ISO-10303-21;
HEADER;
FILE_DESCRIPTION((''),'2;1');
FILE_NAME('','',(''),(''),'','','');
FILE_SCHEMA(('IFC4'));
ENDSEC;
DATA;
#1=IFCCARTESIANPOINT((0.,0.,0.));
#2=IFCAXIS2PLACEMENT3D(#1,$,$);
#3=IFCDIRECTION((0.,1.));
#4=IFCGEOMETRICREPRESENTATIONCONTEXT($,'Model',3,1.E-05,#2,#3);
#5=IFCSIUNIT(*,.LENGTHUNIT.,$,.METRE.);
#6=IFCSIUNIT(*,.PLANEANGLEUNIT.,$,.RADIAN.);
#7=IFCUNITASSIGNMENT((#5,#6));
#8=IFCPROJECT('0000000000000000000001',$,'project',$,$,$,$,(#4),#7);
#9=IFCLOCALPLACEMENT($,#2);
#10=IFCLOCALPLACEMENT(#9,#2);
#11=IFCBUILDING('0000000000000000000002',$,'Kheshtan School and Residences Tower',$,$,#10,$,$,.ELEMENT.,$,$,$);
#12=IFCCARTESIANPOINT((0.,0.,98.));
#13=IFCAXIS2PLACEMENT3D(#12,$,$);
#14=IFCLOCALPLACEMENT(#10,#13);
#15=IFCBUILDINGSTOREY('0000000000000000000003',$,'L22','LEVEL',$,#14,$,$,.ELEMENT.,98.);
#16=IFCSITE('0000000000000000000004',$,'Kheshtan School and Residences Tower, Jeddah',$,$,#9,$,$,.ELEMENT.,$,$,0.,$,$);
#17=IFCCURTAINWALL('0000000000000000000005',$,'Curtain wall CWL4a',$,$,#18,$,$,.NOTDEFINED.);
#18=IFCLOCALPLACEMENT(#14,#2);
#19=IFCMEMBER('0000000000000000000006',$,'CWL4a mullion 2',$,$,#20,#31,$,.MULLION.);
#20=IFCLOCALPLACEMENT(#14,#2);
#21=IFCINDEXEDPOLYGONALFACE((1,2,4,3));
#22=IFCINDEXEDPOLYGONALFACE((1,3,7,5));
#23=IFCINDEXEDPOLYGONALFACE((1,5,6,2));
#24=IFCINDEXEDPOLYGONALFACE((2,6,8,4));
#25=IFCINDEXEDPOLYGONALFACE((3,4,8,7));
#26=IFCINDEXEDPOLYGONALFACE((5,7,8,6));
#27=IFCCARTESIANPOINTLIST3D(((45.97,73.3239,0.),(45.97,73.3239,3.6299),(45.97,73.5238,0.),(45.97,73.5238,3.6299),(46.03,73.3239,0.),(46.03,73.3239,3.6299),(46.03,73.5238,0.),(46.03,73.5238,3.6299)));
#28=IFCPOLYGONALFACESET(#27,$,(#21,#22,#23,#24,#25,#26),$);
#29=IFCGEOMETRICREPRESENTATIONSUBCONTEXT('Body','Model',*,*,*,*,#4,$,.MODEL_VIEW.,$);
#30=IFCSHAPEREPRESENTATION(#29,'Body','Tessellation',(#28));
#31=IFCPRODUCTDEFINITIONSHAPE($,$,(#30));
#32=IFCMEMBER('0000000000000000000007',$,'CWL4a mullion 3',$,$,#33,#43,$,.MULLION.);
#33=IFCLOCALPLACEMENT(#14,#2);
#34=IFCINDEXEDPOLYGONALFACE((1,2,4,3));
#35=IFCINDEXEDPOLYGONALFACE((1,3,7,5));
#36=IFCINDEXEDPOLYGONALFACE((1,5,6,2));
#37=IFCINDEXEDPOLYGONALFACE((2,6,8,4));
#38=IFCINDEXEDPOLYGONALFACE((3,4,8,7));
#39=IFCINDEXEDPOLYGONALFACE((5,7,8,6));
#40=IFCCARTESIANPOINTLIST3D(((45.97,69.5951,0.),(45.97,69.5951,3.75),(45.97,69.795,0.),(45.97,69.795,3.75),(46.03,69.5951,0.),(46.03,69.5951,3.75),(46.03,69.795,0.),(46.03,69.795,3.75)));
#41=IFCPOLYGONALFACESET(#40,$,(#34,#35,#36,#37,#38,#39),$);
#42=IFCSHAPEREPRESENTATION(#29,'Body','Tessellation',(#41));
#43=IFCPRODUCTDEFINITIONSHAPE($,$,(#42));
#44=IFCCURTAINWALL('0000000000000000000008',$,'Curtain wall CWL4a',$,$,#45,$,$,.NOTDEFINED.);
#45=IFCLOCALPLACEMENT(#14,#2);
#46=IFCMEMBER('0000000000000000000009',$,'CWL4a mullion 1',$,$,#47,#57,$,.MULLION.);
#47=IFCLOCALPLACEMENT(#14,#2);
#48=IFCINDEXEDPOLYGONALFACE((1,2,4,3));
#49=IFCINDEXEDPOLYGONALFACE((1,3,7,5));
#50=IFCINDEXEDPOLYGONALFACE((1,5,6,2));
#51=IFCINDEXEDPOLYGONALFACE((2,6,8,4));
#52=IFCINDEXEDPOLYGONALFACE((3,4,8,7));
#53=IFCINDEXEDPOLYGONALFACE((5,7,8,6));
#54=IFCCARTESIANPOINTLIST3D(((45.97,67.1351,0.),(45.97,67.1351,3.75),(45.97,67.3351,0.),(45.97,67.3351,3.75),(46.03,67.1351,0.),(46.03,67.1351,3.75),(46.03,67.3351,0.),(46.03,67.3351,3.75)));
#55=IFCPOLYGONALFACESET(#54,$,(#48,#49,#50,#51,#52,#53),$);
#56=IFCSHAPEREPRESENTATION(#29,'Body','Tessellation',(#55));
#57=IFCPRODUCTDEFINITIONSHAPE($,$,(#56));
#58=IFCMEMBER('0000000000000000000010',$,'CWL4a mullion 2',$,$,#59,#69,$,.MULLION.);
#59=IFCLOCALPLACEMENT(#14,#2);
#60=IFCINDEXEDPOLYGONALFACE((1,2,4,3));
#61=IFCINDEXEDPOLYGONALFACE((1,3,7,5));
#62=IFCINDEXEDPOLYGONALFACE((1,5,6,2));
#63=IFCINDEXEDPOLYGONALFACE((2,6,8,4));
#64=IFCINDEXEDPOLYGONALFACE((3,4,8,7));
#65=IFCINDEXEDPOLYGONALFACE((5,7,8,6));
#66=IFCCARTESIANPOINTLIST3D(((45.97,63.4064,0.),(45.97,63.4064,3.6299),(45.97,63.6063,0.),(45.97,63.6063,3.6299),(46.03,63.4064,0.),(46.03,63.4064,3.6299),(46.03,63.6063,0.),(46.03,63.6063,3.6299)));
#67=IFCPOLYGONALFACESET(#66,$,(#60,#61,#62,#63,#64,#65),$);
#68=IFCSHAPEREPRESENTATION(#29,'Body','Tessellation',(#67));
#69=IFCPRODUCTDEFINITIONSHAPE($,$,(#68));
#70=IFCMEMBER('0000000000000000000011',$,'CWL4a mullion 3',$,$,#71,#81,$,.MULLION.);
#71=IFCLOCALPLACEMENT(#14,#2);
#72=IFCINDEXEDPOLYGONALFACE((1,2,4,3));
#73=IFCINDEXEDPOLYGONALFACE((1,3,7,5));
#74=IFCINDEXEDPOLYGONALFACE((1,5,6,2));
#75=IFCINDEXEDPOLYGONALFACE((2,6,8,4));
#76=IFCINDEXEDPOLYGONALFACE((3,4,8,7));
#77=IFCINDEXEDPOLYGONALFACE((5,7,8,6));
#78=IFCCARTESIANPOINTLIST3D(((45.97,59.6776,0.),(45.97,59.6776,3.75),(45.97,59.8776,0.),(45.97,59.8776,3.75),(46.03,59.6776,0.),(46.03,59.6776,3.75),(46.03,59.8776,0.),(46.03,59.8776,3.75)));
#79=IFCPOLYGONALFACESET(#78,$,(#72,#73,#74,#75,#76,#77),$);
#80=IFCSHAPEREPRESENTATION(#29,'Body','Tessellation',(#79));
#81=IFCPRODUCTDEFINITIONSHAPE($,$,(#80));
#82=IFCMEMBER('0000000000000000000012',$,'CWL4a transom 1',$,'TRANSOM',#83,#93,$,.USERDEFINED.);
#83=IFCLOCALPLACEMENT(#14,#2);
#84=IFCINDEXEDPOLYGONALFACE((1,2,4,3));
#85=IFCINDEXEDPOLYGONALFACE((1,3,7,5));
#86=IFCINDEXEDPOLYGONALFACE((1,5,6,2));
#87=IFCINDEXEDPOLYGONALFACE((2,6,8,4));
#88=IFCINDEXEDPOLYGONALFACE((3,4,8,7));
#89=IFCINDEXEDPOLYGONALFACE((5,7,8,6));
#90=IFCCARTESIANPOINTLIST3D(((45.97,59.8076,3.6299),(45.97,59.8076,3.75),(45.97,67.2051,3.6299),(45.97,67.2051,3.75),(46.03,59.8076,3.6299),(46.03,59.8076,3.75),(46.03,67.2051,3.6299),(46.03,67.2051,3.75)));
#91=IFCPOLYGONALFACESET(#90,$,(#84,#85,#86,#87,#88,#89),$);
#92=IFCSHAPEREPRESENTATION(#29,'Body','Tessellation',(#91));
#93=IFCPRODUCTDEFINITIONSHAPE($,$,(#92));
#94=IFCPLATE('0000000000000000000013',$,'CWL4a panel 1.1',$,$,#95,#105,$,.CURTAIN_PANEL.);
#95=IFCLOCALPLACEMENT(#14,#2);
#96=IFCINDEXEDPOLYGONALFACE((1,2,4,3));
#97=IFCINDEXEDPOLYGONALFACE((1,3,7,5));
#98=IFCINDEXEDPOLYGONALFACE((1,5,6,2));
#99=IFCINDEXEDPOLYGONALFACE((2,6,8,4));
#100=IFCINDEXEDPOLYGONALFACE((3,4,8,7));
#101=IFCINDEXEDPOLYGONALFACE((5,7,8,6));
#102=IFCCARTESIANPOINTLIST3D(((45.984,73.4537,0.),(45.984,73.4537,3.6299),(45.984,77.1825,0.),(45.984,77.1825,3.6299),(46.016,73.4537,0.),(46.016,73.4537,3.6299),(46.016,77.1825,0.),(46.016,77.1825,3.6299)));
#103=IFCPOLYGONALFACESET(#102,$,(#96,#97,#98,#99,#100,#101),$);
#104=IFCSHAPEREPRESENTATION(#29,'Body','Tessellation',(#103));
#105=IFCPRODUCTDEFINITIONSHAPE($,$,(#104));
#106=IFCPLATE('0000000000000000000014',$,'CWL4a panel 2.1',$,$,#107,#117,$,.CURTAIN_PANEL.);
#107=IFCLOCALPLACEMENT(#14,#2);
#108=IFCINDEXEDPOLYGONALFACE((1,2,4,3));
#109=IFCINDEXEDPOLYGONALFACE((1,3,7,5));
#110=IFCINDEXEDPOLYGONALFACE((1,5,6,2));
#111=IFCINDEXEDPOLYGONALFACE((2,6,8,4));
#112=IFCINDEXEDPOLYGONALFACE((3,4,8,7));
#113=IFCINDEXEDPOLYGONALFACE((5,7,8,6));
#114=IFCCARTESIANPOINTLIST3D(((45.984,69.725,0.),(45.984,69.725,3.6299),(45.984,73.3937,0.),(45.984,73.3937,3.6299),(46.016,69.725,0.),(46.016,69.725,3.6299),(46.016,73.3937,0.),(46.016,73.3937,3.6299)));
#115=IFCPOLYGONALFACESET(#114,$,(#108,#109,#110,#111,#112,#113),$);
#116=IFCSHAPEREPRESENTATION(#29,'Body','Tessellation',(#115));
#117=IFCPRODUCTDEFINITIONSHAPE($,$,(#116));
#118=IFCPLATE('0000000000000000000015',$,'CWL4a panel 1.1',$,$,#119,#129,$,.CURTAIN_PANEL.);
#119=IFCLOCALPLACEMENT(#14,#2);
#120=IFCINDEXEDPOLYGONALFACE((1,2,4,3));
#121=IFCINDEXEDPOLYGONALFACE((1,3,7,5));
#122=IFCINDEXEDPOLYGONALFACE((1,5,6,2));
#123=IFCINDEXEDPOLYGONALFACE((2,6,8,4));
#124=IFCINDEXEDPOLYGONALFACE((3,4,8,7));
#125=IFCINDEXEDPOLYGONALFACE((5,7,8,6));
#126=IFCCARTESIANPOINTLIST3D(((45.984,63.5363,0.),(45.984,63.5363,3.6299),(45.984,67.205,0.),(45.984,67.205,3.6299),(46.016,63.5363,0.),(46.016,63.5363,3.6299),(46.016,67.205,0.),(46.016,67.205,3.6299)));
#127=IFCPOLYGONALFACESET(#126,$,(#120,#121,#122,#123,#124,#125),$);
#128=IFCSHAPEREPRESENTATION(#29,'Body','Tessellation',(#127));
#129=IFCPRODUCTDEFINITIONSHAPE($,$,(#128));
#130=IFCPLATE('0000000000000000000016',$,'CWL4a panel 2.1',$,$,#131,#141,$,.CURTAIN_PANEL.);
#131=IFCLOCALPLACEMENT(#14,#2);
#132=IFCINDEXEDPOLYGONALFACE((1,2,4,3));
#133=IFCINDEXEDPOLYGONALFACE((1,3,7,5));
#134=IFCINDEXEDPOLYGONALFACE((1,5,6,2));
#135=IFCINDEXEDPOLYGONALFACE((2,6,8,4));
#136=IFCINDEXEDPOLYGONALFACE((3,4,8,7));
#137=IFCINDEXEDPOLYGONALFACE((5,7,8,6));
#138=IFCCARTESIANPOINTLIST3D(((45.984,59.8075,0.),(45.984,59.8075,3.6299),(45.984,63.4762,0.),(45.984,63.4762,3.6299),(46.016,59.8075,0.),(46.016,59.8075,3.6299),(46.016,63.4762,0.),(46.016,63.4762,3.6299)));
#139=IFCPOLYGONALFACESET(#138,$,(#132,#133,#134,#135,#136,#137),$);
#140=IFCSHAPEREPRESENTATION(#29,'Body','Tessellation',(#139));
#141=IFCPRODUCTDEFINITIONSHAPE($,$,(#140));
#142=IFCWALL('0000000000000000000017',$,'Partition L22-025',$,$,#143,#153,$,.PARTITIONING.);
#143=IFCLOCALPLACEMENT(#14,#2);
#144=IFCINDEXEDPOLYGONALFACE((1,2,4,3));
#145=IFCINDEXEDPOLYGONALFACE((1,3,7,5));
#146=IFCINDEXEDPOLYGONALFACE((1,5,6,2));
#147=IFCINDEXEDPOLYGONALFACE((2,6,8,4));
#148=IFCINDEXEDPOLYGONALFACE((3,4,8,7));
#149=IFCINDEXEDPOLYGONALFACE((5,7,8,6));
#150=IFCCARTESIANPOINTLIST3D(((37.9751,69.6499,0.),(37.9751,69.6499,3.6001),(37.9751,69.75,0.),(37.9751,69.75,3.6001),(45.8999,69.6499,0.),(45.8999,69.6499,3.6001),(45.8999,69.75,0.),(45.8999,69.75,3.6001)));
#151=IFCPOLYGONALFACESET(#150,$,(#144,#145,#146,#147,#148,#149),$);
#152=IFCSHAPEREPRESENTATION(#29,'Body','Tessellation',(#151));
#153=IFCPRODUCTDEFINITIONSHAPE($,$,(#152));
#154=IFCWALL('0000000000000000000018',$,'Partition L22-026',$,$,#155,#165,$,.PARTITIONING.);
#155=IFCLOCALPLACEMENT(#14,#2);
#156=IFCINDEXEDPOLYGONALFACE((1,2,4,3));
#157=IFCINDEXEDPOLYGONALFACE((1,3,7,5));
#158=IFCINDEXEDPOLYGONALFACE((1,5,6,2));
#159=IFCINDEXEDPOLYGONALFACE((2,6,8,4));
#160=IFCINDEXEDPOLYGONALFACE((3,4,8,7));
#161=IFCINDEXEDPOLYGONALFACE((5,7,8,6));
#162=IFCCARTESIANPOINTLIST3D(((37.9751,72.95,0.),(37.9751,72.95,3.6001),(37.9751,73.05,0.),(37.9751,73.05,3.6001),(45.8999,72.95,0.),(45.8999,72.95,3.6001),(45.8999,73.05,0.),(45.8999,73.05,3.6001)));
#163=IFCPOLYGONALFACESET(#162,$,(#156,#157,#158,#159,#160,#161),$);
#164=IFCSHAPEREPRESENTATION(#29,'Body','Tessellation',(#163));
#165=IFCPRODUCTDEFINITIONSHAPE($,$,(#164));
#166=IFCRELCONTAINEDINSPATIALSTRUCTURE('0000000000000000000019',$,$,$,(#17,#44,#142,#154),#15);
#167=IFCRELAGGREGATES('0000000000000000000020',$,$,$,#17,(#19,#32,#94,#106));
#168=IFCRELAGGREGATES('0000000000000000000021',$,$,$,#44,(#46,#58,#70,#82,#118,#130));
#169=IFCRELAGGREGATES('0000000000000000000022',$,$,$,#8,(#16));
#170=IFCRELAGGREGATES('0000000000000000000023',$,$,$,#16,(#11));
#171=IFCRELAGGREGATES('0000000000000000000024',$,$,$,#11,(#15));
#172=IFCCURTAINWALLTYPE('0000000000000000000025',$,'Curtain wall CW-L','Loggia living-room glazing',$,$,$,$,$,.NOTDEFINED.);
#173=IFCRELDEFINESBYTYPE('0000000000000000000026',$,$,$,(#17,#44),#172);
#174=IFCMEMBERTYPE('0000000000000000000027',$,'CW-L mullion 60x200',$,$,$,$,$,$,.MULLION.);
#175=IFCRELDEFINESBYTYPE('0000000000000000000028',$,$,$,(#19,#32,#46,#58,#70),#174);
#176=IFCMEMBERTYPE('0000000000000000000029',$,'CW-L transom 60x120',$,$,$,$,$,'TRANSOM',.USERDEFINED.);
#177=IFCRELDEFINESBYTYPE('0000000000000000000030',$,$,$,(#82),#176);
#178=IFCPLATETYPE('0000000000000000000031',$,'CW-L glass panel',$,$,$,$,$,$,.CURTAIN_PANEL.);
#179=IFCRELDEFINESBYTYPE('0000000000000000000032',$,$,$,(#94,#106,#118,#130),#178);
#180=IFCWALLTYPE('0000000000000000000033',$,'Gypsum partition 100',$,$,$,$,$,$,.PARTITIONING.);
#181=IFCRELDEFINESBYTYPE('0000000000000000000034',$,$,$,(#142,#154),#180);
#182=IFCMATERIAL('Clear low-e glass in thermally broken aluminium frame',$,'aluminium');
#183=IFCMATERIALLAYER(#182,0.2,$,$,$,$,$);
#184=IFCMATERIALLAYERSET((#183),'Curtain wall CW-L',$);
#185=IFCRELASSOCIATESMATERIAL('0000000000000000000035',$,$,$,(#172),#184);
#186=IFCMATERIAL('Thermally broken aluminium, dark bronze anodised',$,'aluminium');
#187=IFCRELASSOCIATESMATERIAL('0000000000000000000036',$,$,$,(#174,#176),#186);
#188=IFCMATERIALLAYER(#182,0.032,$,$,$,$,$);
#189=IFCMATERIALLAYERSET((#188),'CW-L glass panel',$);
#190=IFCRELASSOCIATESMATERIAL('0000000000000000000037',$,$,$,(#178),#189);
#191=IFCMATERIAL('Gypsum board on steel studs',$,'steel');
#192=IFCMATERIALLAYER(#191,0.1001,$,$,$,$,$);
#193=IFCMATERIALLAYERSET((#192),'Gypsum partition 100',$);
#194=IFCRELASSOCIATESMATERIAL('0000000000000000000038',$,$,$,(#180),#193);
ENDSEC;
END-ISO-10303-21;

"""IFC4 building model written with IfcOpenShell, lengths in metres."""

from ifc_helpers import new_model, si_unit, direction, frame, frame_2d, origin, origin_2d, place, context, subcontext, project, spatial, rectangle, extrude, material, layer, layer_set, material_profile, profile_set, type_object, element, aggregate, save


model = new_model("IFC4")

# Units and contexts
model_context = context("Model", 3, precision=1e-05, world=origin(), true_north=direction((0.0, 1.0)))
body_context = subcontext(model_context, "Body", "Model", "MODEL_VIEW")
ifc_project = project(units=[si_unit("LENGTHUNIT", "METRE"), si_unit("PLANEANGLEUNIT", "RADIAN")], contexts=[model_context])

# Site, building, storey
site_placement = place(None, origin())
site = spatial("IfcSite", under=ifc_project, at=site_placement, Name="Kheshtan School and Residences Tower, Jeddah", CompositionType="ELEMENT", RefElevation=0.0)
building_placement = place(site_placement, origin())
building = spatial("IfcBuilding", under=site, at=building_placement, Name="Kheshtan School and Residences Tower", CompositionType="ELEMENT")
storey_placement = place(building_placement, frame((0.0, 0.0, 98.0)))
storey = spatial("IfcBuildingStorey", under=building, at=storey_placement, Name="L22", Description="LEVEL", CompositionType="ELEMENT", Elevation=98.0)

# Curtain walls, members
ifc_material_1 = material(Name="Clear low-e glass in thermally broken aluminium frame", Category="aluminium")
ifc_layer_1 = layer(ifc_material_1, 0.2)
ifc_layer_set_1 = layer_set([ifc_layer_1], Name="Curtain wall CW-L")
curtain_wall_type = type_object("IfcCurtainWallType", Name="Curtain wall CW-L", Description="Loggia living-room glazing", PredefinedType="NOTDEFINED", material=ifc_layer_set_1)
curtain_wall_1_placement = place(storey_placement, origin())
curtain_wall_1 = element("IfcCurtainWall", 1, at=curtain_wall_1_placement, inside=storey, type_object=curtain_wall_type, Name="Curtain wall CWL4a", PredefinedType="NOTDEFINED")
ifc_material_2 = material(Name="Thermally broken aluminium, dark bronze anodised", Category="aluminium")
ifc_material_profile_1 = material_profile(ifc_material_2, rectangle(XDim=0.0601, YDim=0.2, at=origin_2d()), Name="CW-L mullion 60x200")
ifc_profile_set_1 = profile_set([ifc_material_profile_1], Name="Thermally broken aluminium, dark bronze anodised")
member_type_1 = type_object("IfcMemberType", Name="CW-L mullion 60x200", PredefinedType="MULLION", material=ifc_profile_set_1)
member_1_placement = place(storey_placement, frame((46.0, 73.4238, 0.0), z_axis=(0.0, 0.0, 1.0), x_axis=(1.0, 0.0, 0.0)))
member_1 = element("IfcMember", 2, at=member_1_placement, type_object=member_type_1, Name="CWL4a mullion 2", PredefinedType="MULLION", context=body_context, shape_type="SweptSolid", body=[
    extrude(rectangle(XDim=0.0601, YDim=0.2, at=origin_2d()), origin(), (0.0, 0.0, 1.0), 3.6299),
])
member_2_placement = place(storey_placement, frame((46.0, 69.6951, 0.0), z_axis=(0.0, 0.0, 1.0), x_axis=(1.0, 0.0, 0.0)))
member_2 = element("IfcMember", 3, at=member_2_placement, type_object=member_type_1, Name="CWL4a mullion 3", PredefinedType="MULLION", context=body_context, shape_type="SweptSolid", body=[
    extrude(rectangle(XDim=0.0601, YDim=0.2, at=origin_2d()), origin(), (0.0, 0.0, 1.0), 3.75),
])
curtain_wall_2_placement = place(storey_placement, origin())
curtain_wall_2 = element("IfcCurtainWall", 4, at=curtain_wall_2_placement, inside=storey, type_object=curtain_wall_type, Name="Curtain wall CWL4a", PredefinedType="NOTDEFINED")
member_3_placement = place(storey_placement, frame((46.0, 67.2351, 0.0), z_axis=(0.0, 0.0, 1.0), x_axis=(1.0, 0.0, 0.0)))
member_3 = element("IfcMember", 5, at=member_3_placement, type_object=member_type_1, Name="CWL4a mullion 1", PredefinedType="MULLION", context=body_context, shape_type="SweptSolid", body=[
    extrude(rectangle(XDim=0.0601, YDim=0.2, at=origin_2d()), origin(), (0.0, 0.0, 1.0), 3.75),
])
member_4_placement = place(storey_placement, frame((46.0, 63.5063, 0.0), z_axis=(0.0, 0.0, 1.0), x_axis=(1.0, 0.0, 0.0)))
member_4 = element("IfcMember", 6, at=member_4_placement, type_object=member_type_1, Name="CWL4a mullion 2", PredefinedType="MULLION", context=body_context, shape_type="SweptSolid", body=[
    extrude(rectangle(XDim=0.0601, YDim=0.2, at=origin_2d()), origin(), (0.0, 0.0, 1.0), 3.6299),
])
member_5_placement = place(storey_placement, frame((46.0, 59.7776, 0.0), z_axis=(0.0, 0.0, 1.0), x_axis=(1.0, 0.0, 0.0)))
member_5 = element("IfcMember", 7, at=member_5_placement, type_object=member_type_1, Name="CWL4a mullion 3", PredefinedType="MULLION", context=body_context, shape_type="SweptSolid", body=[
    extrude(rectangle(XDim=0.0601, YDim=0.2, at=origin_2d()), origin(), (0.0, 0.0, 1.0), 3.75),
])
ifc_material_profile_2 = material_profile(ifc_material_2, rectangle(XDim=0.0601, YDim=0.1201, at=origin_2d()), Name="CW-L transom 60x120")
ifc_profile_set_2 = profile_set([ifc_material_profile_2], Name="Thermally broken aluminium, dark bronze anodised")
member_type_2 = type_object("IfcMemberType", Name="CW-L transom 60x120", ElementType="TRANSOM", PredefinedType="USERDEFINED", material=ifc_profile_set_2)
member_6_placement = place(storey_placement, frame((46.0, 67.2051, 3.6899), z_axis=(0.0, -1.0, 0.0), x_axis=(1.0, 0.0, 0.0)))
member_6 = element("IfcMember", 8, at=member_6_placement, type_object=member_type_2, Name="CWL4a transom 1", ObjectType="TRANSOM", PredefinedType="USERDEFINED", context=body_context, shape_type="SweptSolid", body=[
    extrude(rectangle(XDim=0.0601, YDim=0.1201, at=origin_2d()), origin(), (0.0, 0.0, 1.0), 7.3975),
])

# Plates
ifc_layer_2 = layer(ifc_material_1, 0.032)
ifc_layer_set_2 = layer_set([ifc_layer_2], Name="CW-L glass panel")
plate_type = type_object("IfcPlateType", Name="CW-L glass panel", PredefinedType="CURTAIN_PANEL", material=ifc_layer_set_2)
plate_1_placement = place(storey_placement, frame((46.0, 75.3181, 0.0), z_axis=(0.0, 0.0, 1.0), x_axis=(0.0, -1.0, 0.0)))
plate_1 = element("IfcPlate", 9, at=plate_1_placement, type_object=plate_type, Name="CWL4a panel 1.1", PredefinedType="CURTAIN_PANEL", context=body_context, shape_type="SweptSolid", body=[
    extrude(rectangle(XDim=3.7288, YDim=0.032, at=origin_2d()), origin(), (0.0, 0.0, 1.0), 3.6299),
])
plate_2_placement = place(storey_placement, frame((46.0, 71.5593, 0.0), z_axis=(0.0, 0.0, 1.0), x_axis=(0.0, -1.0, 0.0)))
plate_2 = element("IfcPlate", 10, at=plate_2_placement, type_object=plate_type, Name="CWL4a panel 2.1", PredefinedType="CURTAIN_PANEL", context=body_context, shape_type="SweptSolid", body=[
    extrude(rectangle(XDim=3.6687, YDim=0.032, at=origin_2d()), origin(), (0.0, 0.0, 1.0), 3.6299),
])
aggregate(curtain_wall_1, [member_1, member_2, plate_1, plate_2])
plate_3_placement = place(storey_placement, frame((46.0, 65.3706, 0.0), z_axis=(0.0, 0.0, 1.0), x_axis=(0.0, -1.0, 0.0)))
plate_3 = element("IfcPlate", 11, at=plate_3_placement, type_object=plate_type, Name="CWL4a panel 1.1", PredefinedType="CURTAIN_PANEL", context=body_context, shape_type="SweptSolid", body=[
    extrude(rectangle(XDim=3.6687, YDim=0.032, at=origin_2d()), origin(), (0.0, 0.0, 1.0), 3.6299),
])
plate_4_placement = place(storey_placement, frame((46.0, 61.6418, 0.0), z_axis=(0.0, 0.0, 1.0), x_axis=(0.0, -1.0, 0.0)))
plate_4 = element("IfcPlate", 12, at=plate_4_placement, type_object=plate_type, Name="CWL4a panel 2.1", PredefinedType="CURTAIN_PANEL", context=body_context, shape_type="SweptSolid", body=[
    extrude(rectangle(XDim=3.6687, YDim=0.032, at=origin_2d()), origin(), (0.0, 0.0, 1.0), 3.6299),
])
aggregate(curtain_wall_2, [member_3, member_4, member_5, member_6, plate_3, plate_4])

# Walls
ifc_material_3 = material(Name="Gypsum board on steel studs", Category="steel")
ifc_layer_3 = layer(ifc_material_3, 0.1001)
ifc_layer_set_3 = layer_set([ifc_layer_3], Name="Gypsum partition 100")
wall_type_1 = type_object("IfcWallType", Name="Gypsum partition 100", PredefinedType="PARTITIONING", material=ifc_layer_set_3)
for number, where, z_axis, x_axis, name in (
    (13, (37.9751, 69.7, 0.0), (0.0, 0.0, 1.0), (1.0, 0.0, 0.0), "Partition L22-025"),
    (14, (37.9751, 73.0, 0.0), (0.0, 0.0, 1.0), (1.0, 0.0, 0.0), "Partition L22-026"),
):
    element("IfcWall", number, at=place(storey_placement, frame(where, z_axis=z_axis, x_axis=x_axis)), inside=storey, type_object=wall_type_1, Name=name, PredefinedType="PARTITIONING", context=body_context, shape_type="SweptSolid", body=[
        extrude(rectangle(XDim=7.9248, YDim=0.1001, at=frame_2d((3.9624, 0.0))), origin(), (0.0, 0.0, 1.0), 3.6001),
    ])

save(model, "model.ifc")
